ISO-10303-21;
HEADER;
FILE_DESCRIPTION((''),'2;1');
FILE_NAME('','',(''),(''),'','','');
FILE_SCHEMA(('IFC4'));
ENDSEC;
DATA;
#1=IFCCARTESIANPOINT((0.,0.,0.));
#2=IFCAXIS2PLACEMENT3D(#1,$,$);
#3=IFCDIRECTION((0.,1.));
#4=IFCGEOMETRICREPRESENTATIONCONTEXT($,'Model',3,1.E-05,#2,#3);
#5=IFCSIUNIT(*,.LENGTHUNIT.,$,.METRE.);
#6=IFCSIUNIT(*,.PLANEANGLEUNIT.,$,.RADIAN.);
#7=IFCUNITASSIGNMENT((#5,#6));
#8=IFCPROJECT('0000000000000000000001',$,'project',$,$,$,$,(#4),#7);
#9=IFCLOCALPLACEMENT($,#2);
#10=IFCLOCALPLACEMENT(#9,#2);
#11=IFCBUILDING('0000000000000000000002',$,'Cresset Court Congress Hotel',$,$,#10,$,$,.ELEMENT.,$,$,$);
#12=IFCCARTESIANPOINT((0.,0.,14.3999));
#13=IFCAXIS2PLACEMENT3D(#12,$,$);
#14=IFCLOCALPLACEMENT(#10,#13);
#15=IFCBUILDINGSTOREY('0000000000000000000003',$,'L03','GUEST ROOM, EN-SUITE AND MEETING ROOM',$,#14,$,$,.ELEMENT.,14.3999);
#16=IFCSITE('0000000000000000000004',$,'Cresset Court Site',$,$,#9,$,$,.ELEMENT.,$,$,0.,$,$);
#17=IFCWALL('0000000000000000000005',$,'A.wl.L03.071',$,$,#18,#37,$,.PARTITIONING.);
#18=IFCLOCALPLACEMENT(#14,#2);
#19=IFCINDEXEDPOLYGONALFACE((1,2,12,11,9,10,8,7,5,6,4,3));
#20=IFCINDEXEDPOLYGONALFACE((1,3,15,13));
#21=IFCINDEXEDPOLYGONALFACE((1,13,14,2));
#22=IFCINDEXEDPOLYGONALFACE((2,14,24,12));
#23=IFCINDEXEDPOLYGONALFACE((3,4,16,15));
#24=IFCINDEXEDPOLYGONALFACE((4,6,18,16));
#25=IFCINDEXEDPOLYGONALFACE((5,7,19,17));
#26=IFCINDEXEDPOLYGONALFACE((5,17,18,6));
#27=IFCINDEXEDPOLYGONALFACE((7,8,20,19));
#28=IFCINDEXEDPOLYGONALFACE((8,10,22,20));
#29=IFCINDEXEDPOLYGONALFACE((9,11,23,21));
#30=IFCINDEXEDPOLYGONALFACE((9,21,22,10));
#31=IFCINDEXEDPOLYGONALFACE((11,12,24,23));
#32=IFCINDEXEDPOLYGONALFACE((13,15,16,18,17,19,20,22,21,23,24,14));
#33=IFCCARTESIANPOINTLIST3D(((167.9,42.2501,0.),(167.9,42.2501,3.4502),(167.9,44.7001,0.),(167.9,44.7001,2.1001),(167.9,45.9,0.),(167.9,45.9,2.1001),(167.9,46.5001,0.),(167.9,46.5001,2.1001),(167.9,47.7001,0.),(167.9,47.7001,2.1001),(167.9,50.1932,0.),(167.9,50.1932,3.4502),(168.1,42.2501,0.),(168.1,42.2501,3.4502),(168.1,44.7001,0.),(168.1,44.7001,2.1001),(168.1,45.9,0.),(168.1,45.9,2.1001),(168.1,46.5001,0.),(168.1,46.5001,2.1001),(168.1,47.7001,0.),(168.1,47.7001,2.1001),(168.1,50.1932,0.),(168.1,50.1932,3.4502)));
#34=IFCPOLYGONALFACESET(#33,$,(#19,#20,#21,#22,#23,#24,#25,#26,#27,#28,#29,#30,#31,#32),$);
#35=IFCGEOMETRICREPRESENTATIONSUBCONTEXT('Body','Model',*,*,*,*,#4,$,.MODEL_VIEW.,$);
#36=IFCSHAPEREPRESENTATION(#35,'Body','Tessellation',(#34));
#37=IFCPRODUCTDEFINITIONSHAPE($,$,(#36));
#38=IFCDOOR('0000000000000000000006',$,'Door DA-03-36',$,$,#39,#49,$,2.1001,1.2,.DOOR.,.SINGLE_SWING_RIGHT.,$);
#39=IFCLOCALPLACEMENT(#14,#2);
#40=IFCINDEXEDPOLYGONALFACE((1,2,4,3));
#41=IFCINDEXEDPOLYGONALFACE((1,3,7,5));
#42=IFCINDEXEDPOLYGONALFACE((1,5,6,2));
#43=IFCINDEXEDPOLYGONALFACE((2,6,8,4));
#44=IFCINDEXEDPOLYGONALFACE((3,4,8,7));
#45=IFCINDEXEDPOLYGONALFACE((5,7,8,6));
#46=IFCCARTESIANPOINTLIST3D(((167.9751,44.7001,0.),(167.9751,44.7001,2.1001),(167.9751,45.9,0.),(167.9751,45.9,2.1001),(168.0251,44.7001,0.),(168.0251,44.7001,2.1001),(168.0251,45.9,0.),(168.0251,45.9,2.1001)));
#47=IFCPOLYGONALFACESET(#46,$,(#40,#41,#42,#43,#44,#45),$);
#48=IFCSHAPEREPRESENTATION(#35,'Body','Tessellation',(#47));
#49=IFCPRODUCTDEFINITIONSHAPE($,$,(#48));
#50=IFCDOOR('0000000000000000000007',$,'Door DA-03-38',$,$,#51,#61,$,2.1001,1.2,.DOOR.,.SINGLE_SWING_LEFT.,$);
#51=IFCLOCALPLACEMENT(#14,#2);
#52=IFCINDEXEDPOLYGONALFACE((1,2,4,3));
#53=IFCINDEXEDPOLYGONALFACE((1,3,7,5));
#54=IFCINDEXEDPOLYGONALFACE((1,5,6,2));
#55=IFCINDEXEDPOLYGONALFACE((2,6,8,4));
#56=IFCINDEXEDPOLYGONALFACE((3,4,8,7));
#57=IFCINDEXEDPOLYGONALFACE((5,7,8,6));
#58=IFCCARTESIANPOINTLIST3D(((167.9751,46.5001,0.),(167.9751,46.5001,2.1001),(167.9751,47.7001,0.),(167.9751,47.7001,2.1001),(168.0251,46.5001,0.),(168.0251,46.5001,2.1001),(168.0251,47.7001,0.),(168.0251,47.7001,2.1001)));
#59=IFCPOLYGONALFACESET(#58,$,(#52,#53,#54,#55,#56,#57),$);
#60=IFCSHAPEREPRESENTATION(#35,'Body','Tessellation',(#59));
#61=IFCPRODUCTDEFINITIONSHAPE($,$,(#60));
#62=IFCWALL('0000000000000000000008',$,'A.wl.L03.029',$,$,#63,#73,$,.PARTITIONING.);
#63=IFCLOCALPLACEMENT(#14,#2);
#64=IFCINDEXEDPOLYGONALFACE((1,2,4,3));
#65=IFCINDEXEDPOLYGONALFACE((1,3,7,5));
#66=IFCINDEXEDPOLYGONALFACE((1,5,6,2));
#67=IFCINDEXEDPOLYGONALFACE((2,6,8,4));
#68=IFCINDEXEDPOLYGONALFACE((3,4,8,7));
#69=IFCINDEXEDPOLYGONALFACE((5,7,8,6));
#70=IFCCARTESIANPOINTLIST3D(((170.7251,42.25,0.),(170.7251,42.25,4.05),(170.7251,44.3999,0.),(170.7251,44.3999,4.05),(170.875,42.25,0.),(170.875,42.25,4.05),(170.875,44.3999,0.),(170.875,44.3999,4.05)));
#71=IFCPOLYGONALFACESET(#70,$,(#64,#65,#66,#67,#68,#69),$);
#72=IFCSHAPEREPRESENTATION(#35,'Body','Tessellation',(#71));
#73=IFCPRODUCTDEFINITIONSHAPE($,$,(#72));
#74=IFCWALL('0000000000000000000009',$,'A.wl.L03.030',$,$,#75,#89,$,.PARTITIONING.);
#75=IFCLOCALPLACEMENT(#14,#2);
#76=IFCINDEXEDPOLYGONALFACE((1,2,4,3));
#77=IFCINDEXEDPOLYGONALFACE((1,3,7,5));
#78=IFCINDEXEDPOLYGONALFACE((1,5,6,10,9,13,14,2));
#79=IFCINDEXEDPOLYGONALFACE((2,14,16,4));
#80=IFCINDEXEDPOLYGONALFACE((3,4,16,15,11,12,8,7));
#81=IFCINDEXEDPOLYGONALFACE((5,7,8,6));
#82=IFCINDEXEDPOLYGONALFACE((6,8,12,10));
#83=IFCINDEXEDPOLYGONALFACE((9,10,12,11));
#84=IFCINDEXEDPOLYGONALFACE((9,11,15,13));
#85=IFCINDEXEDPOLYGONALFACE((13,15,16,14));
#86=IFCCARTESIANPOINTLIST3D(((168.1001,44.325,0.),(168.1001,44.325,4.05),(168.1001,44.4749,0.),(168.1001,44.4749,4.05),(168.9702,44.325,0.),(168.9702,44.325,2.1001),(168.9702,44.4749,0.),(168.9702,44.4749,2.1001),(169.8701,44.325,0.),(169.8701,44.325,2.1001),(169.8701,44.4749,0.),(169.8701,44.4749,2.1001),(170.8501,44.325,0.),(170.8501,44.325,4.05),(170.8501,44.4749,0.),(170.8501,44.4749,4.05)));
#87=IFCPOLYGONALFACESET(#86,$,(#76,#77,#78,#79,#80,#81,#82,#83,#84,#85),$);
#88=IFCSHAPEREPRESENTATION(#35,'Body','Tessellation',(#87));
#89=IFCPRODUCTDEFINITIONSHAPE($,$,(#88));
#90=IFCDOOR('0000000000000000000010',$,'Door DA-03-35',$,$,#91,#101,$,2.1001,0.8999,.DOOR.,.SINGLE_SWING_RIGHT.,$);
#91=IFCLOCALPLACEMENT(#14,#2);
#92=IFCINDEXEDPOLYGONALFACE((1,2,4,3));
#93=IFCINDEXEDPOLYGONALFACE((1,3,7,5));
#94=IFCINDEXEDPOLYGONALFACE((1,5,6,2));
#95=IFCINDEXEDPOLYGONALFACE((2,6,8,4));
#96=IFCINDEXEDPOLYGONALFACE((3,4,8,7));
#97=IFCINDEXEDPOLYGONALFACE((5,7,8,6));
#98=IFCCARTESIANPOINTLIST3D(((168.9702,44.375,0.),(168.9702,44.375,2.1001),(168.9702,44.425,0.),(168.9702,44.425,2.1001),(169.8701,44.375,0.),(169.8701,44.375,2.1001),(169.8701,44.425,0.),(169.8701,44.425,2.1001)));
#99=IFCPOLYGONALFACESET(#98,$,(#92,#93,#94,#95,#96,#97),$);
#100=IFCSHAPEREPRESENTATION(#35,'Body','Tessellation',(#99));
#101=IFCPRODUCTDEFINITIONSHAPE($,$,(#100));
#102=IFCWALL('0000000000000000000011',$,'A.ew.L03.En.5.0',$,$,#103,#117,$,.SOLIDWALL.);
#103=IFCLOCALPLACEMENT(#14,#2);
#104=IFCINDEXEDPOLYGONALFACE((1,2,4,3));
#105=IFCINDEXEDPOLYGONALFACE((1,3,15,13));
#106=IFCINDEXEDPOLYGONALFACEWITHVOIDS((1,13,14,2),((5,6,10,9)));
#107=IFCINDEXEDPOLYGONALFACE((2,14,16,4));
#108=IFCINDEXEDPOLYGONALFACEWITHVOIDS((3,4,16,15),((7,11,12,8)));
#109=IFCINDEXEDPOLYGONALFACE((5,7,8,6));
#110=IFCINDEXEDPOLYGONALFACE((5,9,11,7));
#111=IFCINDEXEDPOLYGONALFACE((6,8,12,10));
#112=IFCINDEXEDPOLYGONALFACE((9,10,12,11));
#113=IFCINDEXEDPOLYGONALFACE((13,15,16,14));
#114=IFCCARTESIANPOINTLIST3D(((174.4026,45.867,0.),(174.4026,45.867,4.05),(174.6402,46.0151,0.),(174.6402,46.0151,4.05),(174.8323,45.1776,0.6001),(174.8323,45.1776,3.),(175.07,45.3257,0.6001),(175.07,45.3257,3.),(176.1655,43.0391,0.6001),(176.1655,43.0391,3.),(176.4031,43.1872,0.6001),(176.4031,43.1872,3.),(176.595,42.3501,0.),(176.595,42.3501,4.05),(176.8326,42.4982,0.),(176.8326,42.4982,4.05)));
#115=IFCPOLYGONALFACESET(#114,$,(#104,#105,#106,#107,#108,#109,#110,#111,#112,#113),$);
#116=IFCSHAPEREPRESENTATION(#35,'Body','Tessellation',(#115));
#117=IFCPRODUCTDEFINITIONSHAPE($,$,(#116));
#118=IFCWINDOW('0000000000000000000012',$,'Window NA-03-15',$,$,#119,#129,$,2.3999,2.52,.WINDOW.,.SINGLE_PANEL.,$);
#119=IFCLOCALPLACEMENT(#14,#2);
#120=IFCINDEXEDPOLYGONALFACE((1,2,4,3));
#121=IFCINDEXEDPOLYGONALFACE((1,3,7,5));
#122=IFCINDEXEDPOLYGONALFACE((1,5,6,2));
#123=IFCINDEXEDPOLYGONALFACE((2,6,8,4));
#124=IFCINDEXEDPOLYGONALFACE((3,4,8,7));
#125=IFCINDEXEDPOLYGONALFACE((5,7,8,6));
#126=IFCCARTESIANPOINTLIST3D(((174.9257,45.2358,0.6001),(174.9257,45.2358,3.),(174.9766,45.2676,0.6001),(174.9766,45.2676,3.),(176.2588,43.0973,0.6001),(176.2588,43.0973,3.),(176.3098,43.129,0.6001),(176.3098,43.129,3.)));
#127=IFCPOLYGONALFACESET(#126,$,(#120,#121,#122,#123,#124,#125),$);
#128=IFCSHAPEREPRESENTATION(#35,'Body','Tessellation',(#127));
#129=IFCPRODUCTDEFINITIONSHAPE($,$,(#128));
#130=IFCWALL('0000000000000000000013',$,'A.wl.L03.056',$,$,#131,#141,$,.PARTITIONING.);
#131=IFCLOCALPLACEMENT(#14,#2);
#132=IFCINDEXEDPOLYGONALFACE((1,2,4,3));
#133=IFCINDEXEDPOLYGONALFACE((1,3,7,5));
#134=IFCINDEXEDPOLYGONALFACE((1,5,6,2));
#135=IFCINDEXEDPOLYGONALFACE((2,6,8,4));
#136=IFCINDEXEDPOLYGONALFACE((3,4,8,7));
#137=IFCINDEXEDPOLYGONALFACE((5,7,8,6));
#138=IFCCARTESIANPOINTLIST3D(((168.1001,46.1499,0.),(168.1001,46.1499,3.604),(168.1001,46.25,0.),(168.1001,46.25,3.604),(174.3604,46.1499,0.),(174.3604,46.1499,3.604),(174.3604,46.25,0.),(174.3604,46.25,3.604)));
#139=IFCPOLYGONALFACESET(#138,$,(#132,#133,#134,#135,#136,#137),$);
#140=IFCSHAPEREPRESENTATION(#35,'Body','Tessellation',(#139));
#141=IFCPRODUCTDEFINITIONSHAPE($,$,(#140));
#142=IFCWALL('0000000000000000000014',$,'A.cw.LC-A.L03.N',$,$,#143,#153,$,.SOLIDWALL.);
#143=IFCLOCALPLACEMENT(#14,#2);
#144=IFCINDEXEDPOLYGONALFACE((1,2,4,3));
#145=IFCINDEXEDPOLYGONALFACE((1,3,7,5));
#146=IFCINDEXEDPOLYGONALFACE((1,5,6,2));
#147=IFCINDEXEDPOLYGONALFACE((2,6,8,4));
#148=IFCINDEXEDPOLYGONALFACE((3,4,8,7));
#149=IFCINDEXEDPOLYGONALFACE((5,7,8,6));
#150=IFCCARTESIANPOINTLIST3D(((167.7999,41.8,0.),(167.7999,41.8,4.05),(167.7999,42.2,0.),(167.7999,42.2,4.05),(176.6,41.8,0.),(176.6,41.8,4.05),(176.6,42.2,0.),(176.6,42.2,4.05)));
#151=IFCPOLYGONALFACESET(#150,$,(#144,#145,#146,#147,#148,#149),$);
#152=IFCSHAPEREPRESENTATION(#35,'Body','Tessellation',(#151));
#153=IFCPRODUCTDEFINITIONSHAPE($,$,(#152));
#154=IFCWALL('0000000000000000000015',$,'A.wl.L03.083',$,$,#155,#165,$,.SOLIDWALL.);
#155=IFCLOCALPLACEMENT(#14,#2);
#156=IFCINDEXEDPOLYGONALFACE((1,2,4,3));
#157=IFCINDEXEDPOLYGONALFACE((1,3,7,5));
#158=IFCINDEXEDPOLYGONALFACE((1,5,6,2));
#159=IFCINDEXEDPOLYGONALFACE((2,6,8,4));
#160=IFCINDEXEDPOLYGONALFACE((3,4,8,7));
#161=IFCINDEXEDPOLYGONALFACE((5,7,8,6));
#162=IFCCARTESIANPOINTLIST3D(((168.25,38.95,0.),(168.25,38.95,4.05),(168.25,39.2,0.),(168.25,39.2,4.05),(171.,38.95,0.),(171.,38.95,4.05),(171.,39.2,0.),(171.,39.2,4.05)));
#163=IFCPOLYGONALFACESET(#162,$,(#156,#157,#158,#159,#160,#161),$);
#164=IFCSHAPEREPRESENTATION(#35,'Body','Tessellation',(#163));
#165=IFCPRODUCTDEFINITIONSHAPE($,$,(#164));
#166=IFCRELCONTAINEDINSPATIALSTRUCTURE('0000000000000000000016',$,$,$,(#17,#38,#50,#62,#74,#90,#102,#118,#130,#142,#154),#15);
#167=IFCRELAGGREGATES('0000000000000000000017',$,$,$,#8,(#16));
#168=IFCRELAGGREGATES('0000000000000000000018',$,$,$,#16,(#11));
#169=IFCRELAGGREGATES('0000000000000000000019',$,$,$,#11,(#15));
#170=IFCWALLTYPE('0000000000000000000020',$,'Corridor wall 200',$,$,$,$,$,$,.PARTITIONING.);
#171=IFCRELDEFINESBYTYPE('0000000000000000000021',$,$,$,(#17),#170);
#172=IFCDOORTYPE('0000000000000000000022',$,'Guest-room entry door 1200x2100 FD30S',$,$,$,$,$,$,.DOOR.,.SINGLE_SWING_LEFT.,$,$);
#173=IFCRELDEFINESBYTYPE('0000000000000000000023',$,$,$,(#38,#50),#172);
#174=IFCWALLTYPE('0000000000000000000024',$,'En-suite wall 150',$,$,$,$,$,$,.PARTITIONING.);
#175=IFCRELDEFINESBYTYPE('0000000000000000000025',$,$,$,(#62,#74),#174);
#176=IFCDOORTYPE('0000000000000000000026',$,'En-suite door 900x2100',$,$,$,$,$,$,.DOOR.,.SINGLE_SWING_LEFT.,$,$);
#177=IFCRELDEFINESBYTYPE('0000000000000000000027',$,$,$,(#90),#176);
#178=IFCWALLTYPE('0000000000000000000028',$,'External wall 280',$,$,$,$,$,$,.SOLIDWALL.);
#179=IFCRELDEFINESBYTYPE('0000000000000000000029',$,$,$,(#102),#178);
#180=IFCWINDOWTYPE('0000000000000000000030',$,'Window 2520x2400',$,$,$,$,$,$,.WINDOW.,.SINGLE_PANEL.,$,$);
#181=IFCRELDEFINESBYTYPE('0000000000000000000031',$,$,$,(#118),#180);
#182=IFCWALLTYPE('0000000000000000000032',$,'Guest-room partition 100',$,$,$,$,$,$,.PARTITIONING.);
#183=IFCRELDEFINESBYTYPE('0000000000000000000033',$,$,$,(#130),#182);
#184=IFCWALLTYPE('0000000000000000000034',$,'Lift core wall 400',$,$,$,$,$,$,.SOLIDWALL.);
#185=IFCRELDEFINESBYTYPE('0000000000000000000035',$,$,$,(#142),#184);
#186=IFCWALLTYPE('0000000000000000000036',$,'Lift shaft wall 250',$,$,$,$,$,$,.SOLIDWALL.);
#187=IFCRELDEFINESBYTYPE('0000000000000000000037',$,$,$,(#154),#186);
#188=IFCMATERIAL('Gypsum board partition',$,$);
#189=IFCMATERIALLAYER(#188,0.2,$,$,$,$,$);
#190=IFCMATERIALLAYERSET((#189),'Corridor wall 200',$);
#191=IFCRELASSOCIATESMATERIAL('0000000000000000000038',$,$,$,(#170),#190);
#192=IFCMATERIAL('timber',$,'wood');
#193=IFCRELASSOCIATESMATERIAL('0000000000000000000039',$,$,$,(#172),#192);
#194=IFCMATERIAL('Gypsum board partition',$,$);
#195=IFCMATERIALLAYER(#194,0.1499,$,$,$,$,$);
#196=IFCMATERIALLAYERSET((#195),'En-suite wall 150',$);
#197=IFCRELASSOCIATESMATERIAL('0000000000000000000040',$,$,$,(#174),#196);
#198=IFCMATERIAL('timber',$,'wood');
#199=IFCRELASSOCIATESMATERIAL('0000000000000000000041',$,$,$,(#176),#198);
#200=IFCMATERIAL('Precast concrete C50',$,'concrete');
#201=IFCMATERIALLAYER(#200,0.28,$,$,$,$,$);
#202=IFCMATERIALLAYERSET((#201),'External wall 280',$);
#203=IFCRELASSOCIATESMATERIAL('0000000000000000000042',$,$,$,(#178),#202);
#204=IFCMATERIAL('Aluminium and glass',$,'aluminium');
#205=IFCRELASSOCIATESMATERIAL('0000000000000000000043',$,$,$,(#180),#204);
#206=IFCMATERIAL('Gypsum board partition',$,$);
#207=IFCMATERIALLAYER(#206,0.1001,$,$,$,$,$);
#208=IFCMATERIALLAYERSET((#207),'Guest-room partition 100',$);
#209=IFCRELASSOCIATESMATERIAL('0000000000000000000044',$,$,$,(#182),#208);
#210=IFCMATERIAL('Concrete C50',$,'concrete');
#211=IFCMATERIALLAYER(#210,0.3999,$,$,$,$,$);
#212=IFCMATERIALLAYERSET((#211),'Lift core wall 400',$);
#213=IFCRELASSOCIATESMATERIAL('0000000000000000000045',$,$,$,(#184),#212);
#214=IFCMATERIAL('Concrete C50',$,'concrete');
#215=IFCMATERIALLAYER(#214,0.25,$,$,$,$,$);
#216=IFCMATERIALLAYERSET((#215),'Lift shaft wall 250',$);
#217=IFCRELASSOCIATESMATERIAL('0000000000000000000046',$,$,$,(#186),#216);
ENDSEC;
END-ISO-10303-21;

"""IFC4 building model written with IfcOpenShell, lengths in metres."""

from ifc_helpers import new_model, si_unit, direction, frame, frame_2d, origin, place, context, subcontext, project, spatial, rectangle, extrude, material, layer, layer_set, type_object, element, fill, save


model = new_model("IFC4")

# Units and contexts
model_context = context("Model", 3, precision=1e-05, world=origin(), true_north=direction((0.0, 1.0)))
body_context = subcontext(model_context, "Body", "Model", "MODEL_VIEW")
ifc_project = project(units=[si_unit("LENGTHUNIT", "METRE"), si_unit("PLANEANGLEUNIT", "RADIAN")], contexts=[model_context])

# Site, building, storey
site_placement = place(None, origin())
site = spatial("IfcSite", under=ifc_project, at=site_placement, Name="Cresset Court Site", CompositionType="ELEMENT", RefElevation=0.0)
building_placement = place(site_placement, origin())
building = spatial("IfcBuilding", under=site, at=building_placement, Name="Cresset Court Congress Hotel", CompositionType="ELEMENT")
storey_placement = place(building_placement, frame((0.0, 0.0, 14.3999)))
storey = spatial("IfcBuildingStorey", under=building, at=storey_placement, Name="L03", Description="GUEST ROOM, EN-SUITE AND MEETING ROOM", CompositionType="ELEMENT", Elevation=14.3999)

# Wall, openings, doors
ifc_material_1 = material(Name="Gypsum board partition")
ifc_layer_1 = layer(ifc_material_1, 0.2)
ifc_layer_set_1 = layer_set([ifc_layer_1], Name="Corridor wall 200")
wall_type_1 = type_object("IfcWallType", Name="Corridor wall 200", PredefinedType="PARTITIONING", material=ifc_layer_set_1)
wall_1_placement = place(storey_placement, frame((168.0, 42.25, 0.0), z_axis=(0.0, 0.0, 1.0), x_axis=(0.0, 1.0, 0.0)))
wall_1 = element("IfcWall", 1, at=wall_1_placement, inside=storey, type_object=wall_type_1, Name="A.wl.L03.071", PredefinedType="PARTITIONING", context=body_context, shape_type="SweptSolid", body=[
    extrude(rectangle(XDim=7.9431, YDim=0.2, at=frame_2d((3.9717, 0.0))), origin(), (0.0, 0.0, 1.0), 3.4502),
])
opening_1_placement = place(wall_1_placement, frame((2.45, 0.0, 0.0)))
opening_1 = element("IfcOpeningElement", 2, at=opening_1_placement, cuts=wall_1, PredefinedType="OPENING", context=body_context, shape_type="SweptSolid", body=[
    extrude(rectangle(XDim=1.2, YDim=2.1001, at=frame_2d((0.6001, 1.05))), frame((0.0, 0.1099, 0.0), z_axis=(0.0, -1.0, 0.0), x_axis=(1.0, 0.0, 0.0)), (0.0, 0.0, 1.0), 0.22),
])
opening_2_placement = place(wall_1_placement, frame((4.25, 0.0, 0.0)))
opening_2 = element("IfcOpeningElement", 3, at=opening_2_placement, cuts=wall_1, PredefinedType="OPENING", context=body_context, shape_type="SweptSolid", body=[
    extrude(rectangle(XDim=1.2, YDim=2.1001, at=frame_2d((0.6001, 1.05))), frame((0.0, 0.1099, 0.0), z_axis=(0.0, -1.0, 0.0), x_axis=(1.0, 0.0, 0.0)), (0.0, 0.0, 1.0), 0.22),
])
ifc_material_2 = material(Name="timber", Category="wood")
door_type_1 = type_object("IfcDoorType", Name="Guest-room entry door 1200x2100 FD30S", OperationType="SINGLE_SWING_LEFT", PredefinedType="DOOR", material=ifc_material_2)
door_1_placement = place(opening_1_placement, origin())
door_1 = element("IfcDoor", 4, at=door_1_placement, inside=storey, type_object=door_type_1, Name="Door DA-03-36", OperationType="SINGLE_SWING_RIGHT", OverallHeight=2.1001, OverallWidth=1.2, PredefinedType="DOOR", context=body_context, shape_type="SweptSolid", body=[
    extrude(rectangle(XDim=1.2, YDim=2.1001, at=frame_2d((0.6001, 1.05))), frame((0.0, 0.0249, 0.0), z_axis=(0.0, -1.0, 0.0), x_axis=(1.0, 0.0, 0.0)), (0.0, 0.0, 1.0), 0.05),
])
fill(opening_1, door_1)
door_2_placement = place(opening_2_placement, origin())
door_2 = element("IfcDoor", 5, at=door_2_placement, inside=storey, type_object=door_type_1, Name="Door DA-03-38", OperationType="SINGLE_SWING_LEFT", OverallHeight=2.1001, OverallWidth=1.2, PredefinedType="DOOR", context=body_context, shape_type="SweptSolid", body=[
    extrude(rectangle(XDim=1.2, YDim=2.1001, at=frame_2d((0.6001, 1.05))), frame((0.0, 0.0249, 0.0), z_axis=(0.0, -1.0, 0.0), x_axis=(1.0, 0.0, 0.0)), (0.0, 0.0, 1.0), 0.05),
])
fill(opening_2, door_2)

# Wall
ifc_material_3 = material(Name="Gypsum board partition")
ifc_layer_2 = layer(ifc_material_3, 0.1499)
ifc_layer_set_2 = layer_set([ifc_layer_2], Name="En-suite wall 150")
wall_type_2 = type_object("IfcWallType", Name="En-suite wall 150", PredefinedType="PARTITIONING", material=ifc_layer_set_2)
wall_2_placement = place(storey_placement, frame((170.8, 42.25, 0.0), z_axis=(0.0, 0.0, 1.0), x_axis=(0.0, 1.0, 0.0)))
element("IfcWall", 6, at=wall_2_placement, inside=storey, type_object=wall_type_2, Name="A.wl.L03.029", PredefinedType="PARTITIONING", context=body_context, shape_type="SweptSolid", body=[
    extrude(rectangle(XDim=2.1499, YDim=0.1499, at=frame_2d((1.075, 0.0))), origin(), (0.0, 0.0, 1.0), 4.05),
])

# Wall, opening, door
wall_3_placement = place(storey_placement, frame((170.8501, 44.3999, 0.0), z_axis=(0.0, 0.0, 1.0), x_axis=(-1.0, 0.0, 0.0)))
wall_3 = element("IfcWall", 7, at=wall_3_placement, inside=storey, type_object=wall_type_2, Name="A.wl.L03.030", PredefinedType="PARTITIONING", context=body_context, shape_type="SweptSolid", body=[
    extrude(rectangle(XDim=2.75, YDim=0.1499, at=frame_2d((1.375, 0.0))), origin(), (0.0, 0.0, 1.0), 4.05),
])
opening_3_placement = place(wall_3_placement, frame((0.98, 0.0, 0.0)))
opening_3 = element("IfcOpeningElement", 8, at=opening_3_placement, cuts=wall_3, PredefinedType="OPENING", context=body_context, shape_type="SweptSolid", body=[
    extrude(rectangle(XDim=0.8999, YDim=2.1001, at=frame_2d((0.45, 1.05))), frame((0.0, 0.085, 0.0), z_axis=(0.0, -1.0, 0.0), x_axis=(1.0, 0.0, 0.0)), (0.0, 0.0, 1.0), 0.1699),
])
ifc_material_4 = material(Name="timber", Category="wood")
door_type_2 = type_object("IfcDoorType", Name="En-suite door 900x2100", OperationType="SINGLE_SWING_LEFT", PredefinedType="DOOR", material=ifc_material_4)
door_3_placement = place(opening_3_placement, origin())
door_3 = element("IfcDoor", 9, at=door_3_placement, inside=storey, type_object=door_type_2, Name="Door DA-03-35", OperationType="SINGLE_SWING_RIGHT", OverallHeight=2.1001, OverallWidth=0.8999, PredefinedType="DOOR", context=body_context, shape_type="SweptSolid", body=[
    extrude(rectangle(XDim=0.8999, YDim=2.1001, at=frame_2d((0.45, 1.05))), frame((0.0, 0.0249, 0.0), z_axis=(0.0, -1.0, 0.0), x_axis=(1.0, 0.0, 0.0)), (0.0, 0.0, 1.0), 0.05),
])
fill(opening_3, door_3)

# Wall, opening, window
ifc_material_5 = material(Name="Precast concrete C50", Category="concrete")
ifc_layer_3 = layer(ifc_material_5, 0.28)
ifc_layer_set_3 = layer_set([ifc_layer_3], Name="External wall 280")
wall_type_3 = type_object("IfcWallType", Name="External wall 280", PredefinedType="SOLIDWALL", material=ifc_layer_set_3)
wall_4_placement = place(storey_placement, frame((176.7139, 42.4241, 0.0), z_axis=(0.0, 0.0, 1.0), x_axis=(-0.529019, 0.84861, 0.0)))
wall_4 = element("IfcWall", 10, at=wall_4_placement, inside=storey, type_object=wall_type_3, Name="A.ew.L03.En.5.0", PredefinedType="SOLIDWALL", context=body_context, shape_type="SweptSolid", body=[
    extrude(rectangle(XDim=4.1443, YDim=0.28, at=frame_2d((2.0723, 0.0))), origin(), (0.0, 0.0, 1.0), 4.05),
])
opening_4_placement = place(wall_4_placement, frame((0.812, 0.0, 0.6001)))
opening_4 = element("IfcOpeningElement", 11, at=opening_4_placement, cuts=wall_4, PredefinedType="OPENING", context=body_context, shape_type="SweptSolid", body=[
    extrude(rectangle(XDim=2.52, YDim=2.3999, at=frame_2d((1.26, 1.2))), frame((0.0, 0.1499, 0.0), z_axis=(0.0, -1.0, 0.0), x_axis=(1.0, 0.0, 0.0)), (0.0, 0.0, 1.0), 0.3),
])
ifc_material_6 = material(Name="Aluminium and glass", Category="aluminium")
window_type = type_object("IfcWindowType", Name="Window 2520x2400", PartitioningType="SINGLE_PANEL", PredefinedType="WINDOW", material=ifc_material_6)
window_placement = place(opening_4_placement, origin())
window = element("IfcWindow", 12, at=window_placement, inside=storey, type_object=window_type, Name="Window NA-03-15", OverallHeight=2.3999, OverallWidth=2.52, PartitioningType="SINGLE_PANEL", PredefinedType="WINDOW", context=body_context, shape_type="SweptSolid", body=[
    extrude(rectangle(XDim=2.52, YDim=2.3999, at=frame_2d((1.26, 1.2))), frame((0.0, 0.03, 0.0), z_axis=(0.0, -1.0, 0.0), x_axis=(1.0, 0.0, 0.0)), (0.0, 0.0, 1.0), 0.0601),
])
fill(opening_4, window)

# Walls
ifc_material_7 = material(Name="Gypsum board partition")
ifc_layer_4 = layer(ifc_material_7, 0.1001)
ifc_layer_set_4 = layer_set([ifc_layer_4], Name="Guest-room partition 100")
wall_type_4 = type_object("IfcWallType", Name="Guest-room partition 100", PredefinedType="PARTITIONING", material=ifc_layer_set_4)
wall_5_placement = place(storey_placement, frame((168.1001, 46.2, 0.0), z_axis=(0.0, 0.0, 1.0), x_axis=(1.0, 0.0, 0.0)))
element("IfcWall", 13, at=wall_5_placement, inside=storey, type_object=wall_type_4, Name="A.wl.L03.056", PredefinedType="PARTITIONING", context=body_context, shape_type="SweptSolid", body=[
    extrude(rectangle(XDim=6.2603, YDim=0.1001, at=frame_2d((3.1301, 0.0))), origin(), (0.0, 0.0, 1.0), 3.604),
])
ifc_material_8 = material(Name="Concrete C50", Category="concrete")
ifc_layer_5 = layer(ifc_material_8, 0.3999)
ifc_layer_set_5 = layer_set([ifc_layer_5], Name="Lift core wall 400")
wall_type_5 = type_object("IfcWallType", Name="Lift core wall 400", PredefinedType="SOLIDWALL", material=ifc_layer_set_5)
wall_6_placement = place(storey_placement, frame((167.8, 42.0, 0.0), z_axis=(0.0, 0.0, 1.0), x_axis=(1.0, 0.0, 0.0)))
element("IfcWall", 14, at=wall_6_placement, inside=storey, type_object=wall_type_5, Name="A.cw.LC-A.L03.N", PredefinedType="SOLIDWALL", context=body_context, shape_type="SweptSolid", body=[
    extrude(rectangle(XDim=8.8, YDim=0.3999, at=frame_2d((4.3999, 0.0))), origin(), (0.0, 0.0, 1.0), 4.05),
])
ifc_material_9 = material(Name="Concrete C50", Category="concrete")
ifc_layer_6 = layer(ifc_material_9, 0.25)
ifc_layer_set_6 = layer_set([ifc_layer_6], Name="Lift shaft wall 250")
wall_type_6 = type_object("IfcWallType", Name="Lift shaft wall 250", PredefinedType="SOLIDWALL", material=ifc_layer_set_6)
wall_7_placement = place(storey_placement, frame((168.25, 39.075, 0.0), z_axis=(0.0, 0.0, 1.0), x_axis=(1.0, 0.0, 0.0)))
element("IfcWall", 15, at=wall_7_placement, inside=storey, type_object=wall_type_6, Name="A.wl.L03.083", PredefinedType="SOLIDWALL", context=body_context, shape_type="SweptSolid", body=[
    extrude(rectangle(XDim=2.75, YDim=0.25, at=frame_2d((1.375, 0.0))), origin(), (0.0, 0.0, 1.0), 4.05),
])

save(model, "model.ifc")
